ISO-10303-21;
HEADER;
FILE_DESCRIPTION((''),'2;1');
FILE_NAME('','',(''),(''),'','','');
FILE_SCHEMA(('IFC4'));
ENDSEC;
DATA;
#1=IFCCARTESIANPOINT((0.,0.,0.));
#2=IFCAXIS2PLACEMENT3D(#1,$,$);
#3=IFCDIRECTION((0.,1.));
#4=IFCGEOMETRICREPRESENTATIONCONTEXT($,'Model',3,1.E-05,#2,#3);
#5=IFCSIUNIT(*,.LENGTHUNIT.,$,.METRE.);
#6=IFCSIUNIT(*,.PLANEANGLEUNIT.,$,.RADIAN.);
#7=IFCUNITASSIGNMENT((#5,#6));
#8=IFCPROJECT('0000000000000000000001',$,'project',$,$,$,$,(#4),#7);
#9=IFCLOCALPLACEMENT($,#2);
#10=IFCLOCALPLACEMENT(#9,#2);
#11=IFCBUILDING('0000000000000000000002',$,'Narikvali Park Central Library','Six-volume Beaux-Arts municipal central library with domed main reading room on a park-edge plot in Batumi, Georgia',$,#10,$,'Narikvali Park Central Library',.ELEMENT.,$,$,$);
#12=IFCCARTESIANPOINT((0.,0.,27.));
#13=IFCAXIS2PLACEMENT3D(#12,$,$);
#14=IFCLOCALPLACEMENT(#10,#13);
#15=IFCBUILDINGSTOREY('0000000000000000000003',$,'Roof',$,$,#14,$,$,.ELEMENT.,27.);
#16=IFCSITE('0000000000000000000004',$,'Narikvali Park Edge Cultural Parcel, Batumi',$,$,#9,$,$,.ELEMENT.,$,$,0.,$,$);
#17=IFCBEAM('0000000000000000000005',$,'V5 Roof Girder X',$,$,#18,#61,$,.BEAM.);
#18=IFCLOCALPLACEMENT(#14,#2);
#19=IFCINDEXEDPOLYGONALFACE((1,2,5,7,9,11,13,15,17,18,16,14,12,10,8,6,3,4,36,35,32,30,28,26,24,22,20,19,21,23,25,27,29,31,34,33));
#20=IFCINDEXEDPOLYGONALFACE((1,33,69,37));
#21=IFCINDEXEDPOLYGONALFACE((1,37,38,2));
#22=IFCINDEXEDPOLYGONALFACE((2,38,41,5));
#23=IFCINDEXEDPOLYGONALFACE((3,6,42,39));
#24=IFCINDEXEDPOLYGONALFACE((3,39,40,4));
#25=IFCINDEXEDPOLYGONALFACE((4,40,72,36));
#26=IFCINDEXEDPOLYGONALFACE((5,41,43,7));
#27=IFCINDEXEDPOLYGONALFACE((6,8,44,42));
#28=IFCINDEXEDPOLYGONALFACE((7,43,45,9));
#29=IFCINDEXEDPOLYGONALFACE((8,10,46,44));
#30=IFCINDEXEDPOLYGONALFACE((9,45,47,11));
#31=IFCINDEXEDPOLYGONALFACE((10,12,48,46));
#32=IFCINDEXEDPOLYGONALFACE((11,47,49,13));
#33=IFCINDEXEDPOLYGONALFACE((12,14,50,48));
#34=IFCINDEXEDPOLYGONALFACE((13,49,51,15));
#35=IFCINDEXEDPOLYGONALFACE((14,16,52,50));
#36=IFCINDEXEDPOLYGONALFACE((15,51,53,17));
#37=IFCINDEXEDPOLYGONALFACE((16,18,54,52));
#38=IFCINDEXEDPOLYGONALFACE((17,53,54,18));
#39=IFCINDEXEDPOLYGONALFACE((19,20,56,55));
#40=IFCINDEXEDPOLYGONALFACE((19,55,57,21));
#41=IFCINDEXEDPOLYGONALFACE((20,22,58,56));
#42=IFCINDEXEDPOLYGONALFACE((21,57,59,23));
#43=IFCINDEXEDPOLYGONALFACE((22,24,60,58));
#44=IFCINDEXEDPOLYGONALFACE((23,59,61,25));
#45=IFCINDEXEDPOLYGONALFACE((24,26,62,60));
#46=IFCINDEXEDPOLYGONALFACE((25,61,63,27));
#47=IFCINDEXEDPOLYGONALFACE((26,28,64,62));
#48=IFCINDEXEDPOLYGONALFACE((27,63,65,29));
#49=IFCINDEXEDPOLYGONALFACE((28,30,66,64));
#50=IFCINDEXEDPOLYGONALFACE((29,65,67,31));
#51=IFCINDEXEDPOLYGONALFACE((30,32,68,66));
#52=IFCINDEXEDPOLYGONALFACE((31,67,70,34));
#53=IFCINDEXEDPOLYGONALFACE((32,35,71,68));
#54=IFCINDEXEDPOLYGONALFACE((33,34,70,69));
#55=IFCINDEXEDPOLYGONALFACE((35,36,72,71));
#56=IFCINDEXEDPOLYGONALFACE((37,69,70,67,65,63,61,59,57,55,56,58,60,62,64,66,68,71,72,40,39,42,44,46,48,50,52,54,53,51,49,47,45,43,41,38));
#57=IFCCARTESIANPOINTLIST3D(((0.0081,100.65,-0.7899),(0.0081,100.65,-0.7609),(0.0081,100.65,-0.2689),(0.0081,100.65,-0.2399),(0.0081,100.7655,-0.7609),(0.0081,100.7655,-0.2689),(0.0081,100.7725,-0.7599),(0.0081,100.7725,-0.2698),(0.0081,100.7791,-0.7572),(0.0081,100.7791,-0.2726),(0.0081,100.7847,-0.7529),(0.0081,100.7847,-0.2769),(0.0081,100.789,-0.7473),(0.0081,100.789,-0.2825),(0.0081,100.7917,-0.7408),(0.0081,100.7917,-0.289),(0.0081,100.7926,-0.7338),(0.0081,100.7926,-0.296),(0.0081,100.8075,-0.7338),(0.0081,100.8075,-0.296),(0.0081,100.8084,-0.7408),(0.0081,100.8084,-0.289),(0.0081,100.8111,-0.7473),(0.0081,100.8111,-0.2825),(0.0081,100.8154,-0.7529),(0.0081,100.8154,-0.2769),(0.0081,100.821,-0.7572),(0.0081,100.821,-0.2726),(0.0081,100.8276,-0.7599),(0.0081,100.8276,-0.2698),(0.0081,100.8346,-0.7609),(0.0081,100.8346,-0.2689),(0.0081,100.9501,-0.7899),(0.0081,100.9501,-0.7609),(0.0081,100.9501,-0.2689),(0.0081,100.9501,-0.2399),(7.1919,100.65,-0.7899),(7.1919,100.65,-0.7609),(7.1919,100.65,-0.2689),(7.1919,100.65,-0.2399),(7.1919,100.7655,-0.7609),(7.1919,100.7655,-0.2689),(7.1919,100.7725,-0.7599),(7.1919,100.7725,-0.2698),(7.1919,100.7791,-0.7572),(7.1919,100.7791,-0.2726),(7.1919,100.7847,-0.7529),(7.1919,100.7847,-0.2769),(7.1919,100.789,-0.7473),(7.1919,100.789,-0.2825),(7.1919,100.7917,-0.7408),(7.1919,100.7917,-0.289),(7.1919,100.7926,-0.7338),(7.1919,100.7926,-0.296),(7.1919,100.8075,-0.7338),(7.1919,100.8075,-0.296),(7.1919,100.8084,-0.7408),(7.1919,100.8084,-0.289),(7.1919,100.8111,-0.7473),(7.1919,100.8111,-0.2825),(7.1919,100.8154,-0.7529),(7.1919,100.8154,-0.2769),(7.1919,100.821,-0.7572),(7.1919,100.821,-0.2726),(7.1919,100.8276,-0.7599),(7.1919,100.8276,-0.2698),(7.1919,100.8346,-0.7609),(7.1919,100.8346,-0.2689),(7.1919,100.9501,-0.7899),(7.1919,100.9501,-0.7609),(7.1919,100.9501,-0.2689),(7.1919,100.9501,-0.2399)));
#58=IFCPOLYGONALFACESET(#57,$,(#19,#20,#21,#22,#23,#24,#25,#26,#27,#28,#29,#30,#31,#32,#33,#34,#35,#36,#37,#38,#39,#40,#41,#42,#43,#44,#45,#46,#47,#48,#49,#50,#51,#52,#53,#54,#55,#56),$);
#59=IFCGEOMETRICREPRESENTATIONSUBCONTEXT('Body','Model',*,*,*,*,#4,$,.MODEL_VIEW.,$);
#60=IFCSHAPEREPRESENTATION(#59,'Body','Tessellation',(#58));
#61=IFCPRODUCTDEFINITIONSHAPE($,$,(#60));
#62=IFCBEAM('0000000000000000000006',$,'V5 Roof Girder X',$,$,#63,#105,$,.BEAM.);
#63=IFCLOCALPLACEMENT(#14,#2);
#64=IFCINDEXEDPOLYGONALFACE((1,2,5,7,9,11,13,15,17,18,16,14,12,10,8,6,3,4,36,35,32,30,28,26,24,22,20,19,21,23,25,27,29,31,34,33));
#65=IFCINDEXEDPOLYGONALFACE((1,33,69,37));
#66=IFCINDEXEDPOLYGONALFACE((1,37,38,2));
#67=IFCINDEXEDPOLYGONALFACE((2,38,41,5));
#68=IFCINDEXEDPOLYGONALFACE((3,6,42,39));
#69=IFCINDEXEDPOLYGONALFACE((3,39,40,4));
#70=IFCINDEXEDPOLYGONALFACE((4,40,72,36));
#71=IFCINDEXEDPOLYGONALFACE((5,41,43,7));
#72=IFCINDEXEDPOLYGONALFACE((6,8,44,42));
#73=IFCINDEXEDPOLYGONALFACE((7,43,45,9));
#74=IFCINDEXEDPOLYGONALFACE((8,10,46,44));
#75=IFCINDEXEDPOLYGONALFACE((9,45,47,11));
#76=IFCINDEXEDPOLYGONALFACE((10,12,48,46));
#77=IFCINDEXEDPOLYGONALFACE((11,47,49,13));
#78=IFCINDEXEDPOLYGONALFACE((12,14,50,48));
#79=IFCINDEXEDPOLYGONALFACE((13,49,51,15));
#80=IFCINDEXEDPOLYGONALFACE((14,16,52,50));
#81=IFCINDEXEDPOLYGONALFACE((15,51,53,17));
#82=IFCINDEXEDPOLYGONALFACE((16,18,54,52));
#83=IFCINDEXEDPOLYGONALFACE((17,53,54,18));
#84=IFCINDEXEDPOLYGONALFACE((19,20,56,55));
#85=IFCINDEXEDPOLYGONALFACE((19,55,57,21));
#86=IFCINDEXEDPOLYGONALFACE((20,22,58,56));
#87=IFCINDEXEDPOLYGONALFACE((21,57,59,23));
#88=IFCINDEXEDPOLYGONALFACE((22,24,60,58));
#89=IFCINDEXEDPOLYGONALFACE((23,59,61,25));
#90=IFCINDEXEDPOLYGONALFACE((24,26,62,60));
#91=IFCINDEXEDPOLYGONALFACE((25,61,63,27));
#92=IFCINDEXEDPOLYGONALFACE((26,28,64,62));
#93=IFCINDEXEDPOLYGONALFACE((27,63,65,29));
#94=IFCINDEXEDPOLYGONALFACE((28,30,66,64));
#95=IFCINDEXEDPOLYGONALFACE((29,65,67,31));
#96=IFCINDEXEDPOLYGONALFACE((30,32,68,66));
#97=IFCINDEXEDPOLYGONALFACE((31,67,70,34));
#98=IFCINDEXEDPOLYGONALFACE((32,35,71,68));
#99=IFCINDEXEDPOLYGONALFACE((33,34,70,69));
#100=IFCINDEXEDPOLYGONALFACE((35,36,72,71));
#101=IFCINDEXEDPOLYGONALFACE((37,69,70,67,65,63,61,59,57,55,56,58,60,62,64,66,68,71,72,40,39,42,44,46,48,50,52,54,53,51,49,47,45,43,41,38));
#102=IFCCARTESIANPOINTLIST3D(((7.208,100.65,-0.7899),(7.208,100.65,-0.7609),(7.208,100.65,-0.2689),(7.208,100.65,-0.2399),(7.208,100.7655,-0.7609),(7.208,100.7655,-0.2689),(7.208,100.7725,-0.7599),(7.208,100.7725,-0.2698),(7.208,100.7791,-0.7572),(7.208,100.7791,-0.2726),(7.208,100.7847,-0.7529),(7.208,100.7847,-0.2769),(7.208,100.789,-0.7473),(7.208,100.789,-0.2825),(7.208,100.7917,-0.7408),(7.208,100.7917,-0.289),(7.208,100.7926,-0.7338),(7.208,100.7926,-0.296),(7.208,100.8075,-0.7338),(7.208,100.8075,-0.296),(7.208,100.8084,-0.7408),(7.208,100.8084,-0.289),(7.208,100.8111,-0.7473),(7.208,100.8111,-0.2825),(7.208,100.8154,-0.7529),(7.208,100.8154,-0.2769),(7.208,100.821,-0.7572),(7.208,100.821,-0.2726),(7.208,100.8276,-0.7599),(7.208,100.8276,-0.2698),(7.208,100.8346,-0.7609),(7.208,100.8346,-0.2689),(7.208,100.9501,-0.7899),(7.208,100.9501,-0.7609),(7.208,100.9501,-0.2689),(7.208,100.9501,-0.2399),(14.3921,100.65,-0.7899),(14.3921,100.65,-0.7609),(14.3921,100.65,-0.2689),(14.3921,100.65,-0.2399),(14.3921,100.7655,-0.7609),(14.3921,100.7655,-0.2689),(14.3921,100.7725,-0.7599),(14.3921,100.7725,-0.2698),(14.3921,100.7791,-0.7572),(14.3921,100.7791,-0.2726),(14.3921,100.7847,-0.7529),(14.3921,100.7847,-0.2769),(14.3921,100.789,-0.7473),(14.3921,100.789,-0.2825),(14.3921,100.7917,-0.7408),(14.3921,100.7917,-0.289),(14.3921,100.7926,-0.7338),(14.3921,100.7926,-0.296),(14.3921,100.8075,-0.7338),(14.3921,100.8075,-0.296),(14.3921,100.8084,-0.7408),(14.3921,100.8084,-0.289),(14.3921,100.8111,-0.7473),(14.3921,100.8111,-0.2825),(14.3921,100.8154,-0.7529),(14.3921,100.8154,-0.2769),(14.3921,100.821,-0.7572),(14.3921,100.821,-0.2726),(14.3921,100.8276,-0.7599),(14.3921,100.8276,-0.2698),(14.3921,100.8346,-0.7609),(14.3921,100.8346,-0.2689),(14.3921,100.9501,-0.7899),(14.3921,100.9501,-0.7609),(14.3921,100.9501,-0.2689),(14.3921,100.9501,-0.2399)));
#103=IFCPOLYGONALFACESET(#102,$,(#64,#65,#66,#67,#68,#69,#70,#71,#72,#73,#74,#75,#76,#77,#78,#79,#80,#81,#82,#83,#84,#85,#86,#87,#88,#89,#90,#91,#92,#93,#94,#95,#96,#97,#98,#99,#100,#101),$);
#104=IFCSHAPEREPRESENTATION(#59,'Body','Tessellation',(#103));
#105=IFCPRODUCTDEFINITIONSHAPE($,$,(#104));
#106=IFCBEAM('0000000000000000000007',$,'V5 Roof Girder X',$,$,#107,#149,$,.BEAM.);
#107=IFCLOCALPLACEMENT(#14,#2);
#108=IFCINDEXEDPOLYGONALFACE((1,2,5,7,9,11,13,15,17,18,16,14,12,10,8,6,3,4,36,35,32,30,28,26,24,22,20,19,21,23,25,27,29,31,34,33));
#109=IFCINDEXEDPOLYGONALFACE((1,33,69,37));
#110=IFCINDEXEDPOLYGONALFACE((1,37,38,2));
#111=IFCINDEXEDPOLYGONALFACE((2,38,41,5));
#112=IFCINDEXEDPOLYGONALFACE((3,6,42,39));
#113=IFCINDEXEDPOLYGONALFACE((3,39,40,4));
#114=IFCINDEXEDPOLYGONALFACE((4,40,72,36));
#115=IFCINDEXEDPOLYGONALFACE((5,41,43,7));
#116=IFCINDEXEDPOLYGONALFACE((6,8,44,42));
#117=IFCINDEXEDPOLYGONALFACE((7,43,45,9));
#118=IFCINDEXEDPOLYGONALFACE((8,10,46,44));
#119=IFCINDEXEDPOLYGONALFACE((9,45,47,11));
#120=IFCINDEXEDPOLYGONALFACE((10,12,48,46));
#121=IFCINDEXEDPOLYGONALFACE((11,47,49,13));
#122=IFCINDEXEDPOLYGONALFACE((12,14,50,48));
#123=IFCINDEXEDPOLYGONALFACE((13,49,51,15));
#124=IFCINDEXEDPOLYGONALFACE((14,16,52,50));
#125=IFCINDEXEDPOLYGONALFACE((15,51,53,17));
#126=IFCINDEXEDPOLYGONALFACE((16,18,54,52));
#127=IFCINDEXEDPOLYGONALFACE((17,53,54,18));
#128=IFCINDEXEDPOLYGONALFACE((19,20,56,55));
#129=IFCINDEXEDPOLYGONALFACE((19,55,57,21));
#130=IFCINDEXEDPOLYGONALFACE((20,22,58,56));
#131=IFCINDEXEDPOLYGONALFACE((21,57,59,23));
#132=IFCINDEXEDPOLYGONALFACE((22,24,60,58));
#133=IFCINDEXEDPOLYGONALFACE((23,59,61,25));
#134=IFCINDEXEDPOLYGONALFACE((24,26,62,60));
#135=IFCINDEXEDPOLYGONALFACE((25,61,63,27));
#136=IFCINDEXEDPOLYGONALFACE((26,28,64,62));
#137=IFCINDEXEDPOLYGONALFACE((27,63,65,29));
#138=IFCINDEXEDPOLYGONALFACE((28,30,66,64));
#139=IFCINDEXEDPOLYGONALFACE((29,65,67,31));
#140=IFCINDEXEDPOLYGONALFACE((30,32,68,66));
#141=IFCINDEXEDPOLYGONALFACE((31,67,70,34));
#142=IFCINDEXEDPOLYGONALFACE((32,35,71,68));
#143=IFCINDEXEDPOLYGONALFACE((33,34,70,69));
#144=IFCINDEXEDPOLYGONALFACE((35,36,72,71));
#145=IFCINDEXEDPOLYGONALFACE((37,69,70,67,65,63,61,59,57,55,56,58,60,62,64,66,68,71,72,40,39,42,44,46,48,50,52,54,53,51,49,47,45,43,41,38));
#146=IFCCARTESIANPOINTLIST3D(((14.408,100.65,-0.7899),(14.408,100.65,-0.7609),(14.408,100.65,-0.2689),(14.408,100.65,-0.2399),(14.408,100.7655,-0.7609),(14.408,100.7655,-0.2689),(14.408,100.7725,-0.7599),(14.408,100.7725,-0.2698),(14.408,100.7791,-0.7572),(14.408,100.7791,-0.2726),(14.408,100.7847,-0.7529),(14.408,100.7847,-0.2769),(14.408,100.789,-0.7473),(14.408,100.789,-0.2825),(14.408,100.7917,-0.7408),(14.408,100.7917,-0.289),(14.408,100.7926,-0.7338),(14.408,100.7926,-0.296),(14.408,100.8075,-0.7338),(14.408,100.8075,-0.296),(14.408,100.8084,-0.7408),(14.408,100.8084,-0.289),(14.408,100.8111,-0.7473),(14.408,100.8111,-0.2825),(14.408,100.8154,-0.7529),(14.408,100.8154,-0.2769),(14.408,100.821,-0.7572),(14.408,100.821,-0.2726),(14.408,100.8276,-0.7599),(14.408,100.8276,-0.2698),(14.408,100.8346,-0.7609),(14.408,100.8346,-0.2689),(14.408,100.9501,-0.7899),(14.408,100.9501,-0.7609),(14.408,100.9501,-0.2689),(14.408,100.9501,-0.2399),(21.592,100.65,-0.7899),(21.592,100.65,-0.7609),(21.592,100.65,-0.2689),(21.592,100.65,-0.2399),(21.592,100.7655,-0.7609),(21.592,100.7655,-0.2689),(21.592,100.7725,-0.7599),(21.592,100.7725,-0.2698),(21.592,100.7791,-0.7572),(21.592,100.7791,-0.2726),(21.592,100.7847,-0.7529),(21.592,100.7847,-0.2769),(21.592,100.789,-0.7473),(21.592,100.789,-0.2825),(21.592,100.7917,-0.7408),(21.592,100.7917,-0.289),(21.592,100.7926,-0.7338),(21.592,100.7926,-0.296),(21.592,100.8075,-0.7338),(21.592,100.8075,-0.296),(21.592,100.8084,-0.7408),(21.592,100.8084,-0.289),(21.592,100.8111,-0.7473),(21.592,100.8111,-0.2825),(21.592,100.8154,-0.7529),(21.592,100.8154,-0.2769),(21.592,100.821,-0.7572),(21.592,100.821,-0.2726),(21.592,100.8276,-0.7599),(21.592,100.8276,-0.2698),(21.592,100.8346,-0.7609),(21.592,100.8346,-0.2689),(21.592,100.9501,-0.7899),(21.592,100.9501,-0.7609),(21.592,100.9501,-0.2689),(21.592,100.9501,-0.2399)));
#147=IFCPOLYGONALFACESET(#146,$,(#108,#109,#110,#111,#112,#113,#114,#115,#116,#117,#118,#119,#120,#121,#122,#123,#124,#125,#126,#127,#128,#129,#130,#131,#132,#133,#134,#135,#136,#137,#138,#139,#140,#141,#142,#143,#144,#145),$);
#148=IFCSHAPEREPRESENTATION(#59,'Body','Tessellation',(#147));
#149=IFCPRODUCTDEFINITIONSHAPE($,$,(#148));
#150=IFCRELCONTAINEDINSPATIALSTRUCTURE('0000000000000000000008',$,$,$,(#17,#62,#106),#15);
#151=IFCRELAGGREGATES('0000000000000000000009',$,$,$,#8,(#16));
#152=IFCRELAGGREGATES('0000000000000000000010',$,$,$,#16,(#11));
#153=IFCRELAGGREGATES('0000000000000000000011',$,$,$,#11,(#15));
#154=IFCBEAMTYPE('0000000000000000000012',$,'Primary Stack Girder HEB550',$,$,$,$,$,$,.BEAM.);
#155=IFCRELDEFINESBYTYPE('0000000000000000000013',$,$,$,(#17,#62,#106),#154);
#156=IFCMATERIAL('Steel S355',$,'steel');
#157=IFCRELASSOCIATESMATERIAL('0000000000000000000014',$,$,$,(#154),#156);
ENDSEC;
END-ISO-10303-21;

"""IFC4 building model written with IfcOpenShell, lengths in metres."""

from ifc_helpers import new_model, si_unit, direction, frame, origin, origin_2d, place, context, subcontext, project, spatial, i_section, extrude, material, material_profile, profile_set, type_object, element, save


model = new_model("IFC4")

# Units and contexts
model_context = context("Model", 3, precision=1e-05, world=origin(), true_north=direction((0.0, 1.0)))
body_context = subcontext(model_context, "Body", "Model", "MODEL_VIEW")
ifc_project = project(units=[si_unit("LENGTHUNIT", "METRE"), si_unit("PLANEANGLEUNIT", "RADIAN")], contexts=[model_context])

# Site, building, storey
site_placement = place(None, origin())
site = spatial("IfcSite", under=ifc_project, at=site_placement, Name="Narikvali Park Edge Cultural Parcel, Batumi", CompositionType="ELEMENT", RefElevation=0.0)
building_placement = place(site_placement, origin())
building = spatial("IfcBuilding", under=site, at=building_placement, Name="Narikvali Park Central Library", Description="Six-volume Beaux-Arts municipal central library with domed main reading room on a park-edge plot in Batumi, Georgia", LongName="Narikvali Park Central Library", CompositionType="ELEMENT")
storey_placement = place(building_placement, frame((0.0, 0.0, 27.0)))
storey = spatial("IfcBuildingStorey", under=building, at=storey_placement, Name="Roof", CompositionType="ELEMENT", Elevation=27.0)

# Beams
ifc_material = material(Name="Steel S355", Category="steel")
ifc_material_profile_1 = material_profile(ifc_material, i_section(OverallWidth=0.3, OverallDepth=0.55, WebThickness=0.0149, FlangeThickness=0.0291, FilletRadius=0.0271, at=origin_2d()), Name="HEB 550")
ifc_profile_set_1 = profile_set([ifc_material_profile_1], Name="Steel S355")
beam_type_1 = type_object("IfcBeamType", Name="Primary Stack Girder HEB550", PredefinedType="BEAM", material=ifc_profile_set_1)
beam_1_placement = place(storey_placement, frame((0.0081, 100.8, -0.5149), z_axis=(1.0, 0.0, 0.0), x_axis=(0.0, 1.0, 0.0)))
element("IfcBeam", 1, at=beam_1_placement, inside=storey, type_object=beam_type_1, Name="V5 Roof Girder X", PredefinedType="BEAM", context=body_context, shape_type="SweptSolid", body=[
    extrude(i_section(OverallWidth=0.3, OverallDepth=0.55, WebThickness=0.0149, FlangeThickness=0.0291, FilletRadius=0.0271, at=origin_2d()), origin(), (0.0, 0.0, 1.0), 7.1838),
])
for number, where, z_axis, x_axis, name in (
    (2, (7.208, 100.8, -0.5149), (1.0, 0.0, 0.0), (0.0, 1.0, 0.0), "V5 Roof Girder X"),
    (3, (14.408, 100.8, -0.5149), (1.0, 0.0, 0.0), (0.0, 1.0, 0.0), "V5 Roof Girder X"),
):
    element("IfcBeam", number, at=place(storey_placement, frame(where, z_axis=z_axis, x_axis=x_axis)), inside=storey, type_object=beam_type_1, Name=name, PredefinedType="BEAM", context=body_context, shape_type="SweptSolid", body=[
        extrude(i_section(OverallWidth=0.3, OverallDepth=0.55, WebThickness=0.0149, FlangeThickness=0.0291, FilletRadius=0.0271, at=origin_2d()), origin(), (0.0, 0.0, 1.0), 7.1841),
    ])

save(model, "model.ifc")
